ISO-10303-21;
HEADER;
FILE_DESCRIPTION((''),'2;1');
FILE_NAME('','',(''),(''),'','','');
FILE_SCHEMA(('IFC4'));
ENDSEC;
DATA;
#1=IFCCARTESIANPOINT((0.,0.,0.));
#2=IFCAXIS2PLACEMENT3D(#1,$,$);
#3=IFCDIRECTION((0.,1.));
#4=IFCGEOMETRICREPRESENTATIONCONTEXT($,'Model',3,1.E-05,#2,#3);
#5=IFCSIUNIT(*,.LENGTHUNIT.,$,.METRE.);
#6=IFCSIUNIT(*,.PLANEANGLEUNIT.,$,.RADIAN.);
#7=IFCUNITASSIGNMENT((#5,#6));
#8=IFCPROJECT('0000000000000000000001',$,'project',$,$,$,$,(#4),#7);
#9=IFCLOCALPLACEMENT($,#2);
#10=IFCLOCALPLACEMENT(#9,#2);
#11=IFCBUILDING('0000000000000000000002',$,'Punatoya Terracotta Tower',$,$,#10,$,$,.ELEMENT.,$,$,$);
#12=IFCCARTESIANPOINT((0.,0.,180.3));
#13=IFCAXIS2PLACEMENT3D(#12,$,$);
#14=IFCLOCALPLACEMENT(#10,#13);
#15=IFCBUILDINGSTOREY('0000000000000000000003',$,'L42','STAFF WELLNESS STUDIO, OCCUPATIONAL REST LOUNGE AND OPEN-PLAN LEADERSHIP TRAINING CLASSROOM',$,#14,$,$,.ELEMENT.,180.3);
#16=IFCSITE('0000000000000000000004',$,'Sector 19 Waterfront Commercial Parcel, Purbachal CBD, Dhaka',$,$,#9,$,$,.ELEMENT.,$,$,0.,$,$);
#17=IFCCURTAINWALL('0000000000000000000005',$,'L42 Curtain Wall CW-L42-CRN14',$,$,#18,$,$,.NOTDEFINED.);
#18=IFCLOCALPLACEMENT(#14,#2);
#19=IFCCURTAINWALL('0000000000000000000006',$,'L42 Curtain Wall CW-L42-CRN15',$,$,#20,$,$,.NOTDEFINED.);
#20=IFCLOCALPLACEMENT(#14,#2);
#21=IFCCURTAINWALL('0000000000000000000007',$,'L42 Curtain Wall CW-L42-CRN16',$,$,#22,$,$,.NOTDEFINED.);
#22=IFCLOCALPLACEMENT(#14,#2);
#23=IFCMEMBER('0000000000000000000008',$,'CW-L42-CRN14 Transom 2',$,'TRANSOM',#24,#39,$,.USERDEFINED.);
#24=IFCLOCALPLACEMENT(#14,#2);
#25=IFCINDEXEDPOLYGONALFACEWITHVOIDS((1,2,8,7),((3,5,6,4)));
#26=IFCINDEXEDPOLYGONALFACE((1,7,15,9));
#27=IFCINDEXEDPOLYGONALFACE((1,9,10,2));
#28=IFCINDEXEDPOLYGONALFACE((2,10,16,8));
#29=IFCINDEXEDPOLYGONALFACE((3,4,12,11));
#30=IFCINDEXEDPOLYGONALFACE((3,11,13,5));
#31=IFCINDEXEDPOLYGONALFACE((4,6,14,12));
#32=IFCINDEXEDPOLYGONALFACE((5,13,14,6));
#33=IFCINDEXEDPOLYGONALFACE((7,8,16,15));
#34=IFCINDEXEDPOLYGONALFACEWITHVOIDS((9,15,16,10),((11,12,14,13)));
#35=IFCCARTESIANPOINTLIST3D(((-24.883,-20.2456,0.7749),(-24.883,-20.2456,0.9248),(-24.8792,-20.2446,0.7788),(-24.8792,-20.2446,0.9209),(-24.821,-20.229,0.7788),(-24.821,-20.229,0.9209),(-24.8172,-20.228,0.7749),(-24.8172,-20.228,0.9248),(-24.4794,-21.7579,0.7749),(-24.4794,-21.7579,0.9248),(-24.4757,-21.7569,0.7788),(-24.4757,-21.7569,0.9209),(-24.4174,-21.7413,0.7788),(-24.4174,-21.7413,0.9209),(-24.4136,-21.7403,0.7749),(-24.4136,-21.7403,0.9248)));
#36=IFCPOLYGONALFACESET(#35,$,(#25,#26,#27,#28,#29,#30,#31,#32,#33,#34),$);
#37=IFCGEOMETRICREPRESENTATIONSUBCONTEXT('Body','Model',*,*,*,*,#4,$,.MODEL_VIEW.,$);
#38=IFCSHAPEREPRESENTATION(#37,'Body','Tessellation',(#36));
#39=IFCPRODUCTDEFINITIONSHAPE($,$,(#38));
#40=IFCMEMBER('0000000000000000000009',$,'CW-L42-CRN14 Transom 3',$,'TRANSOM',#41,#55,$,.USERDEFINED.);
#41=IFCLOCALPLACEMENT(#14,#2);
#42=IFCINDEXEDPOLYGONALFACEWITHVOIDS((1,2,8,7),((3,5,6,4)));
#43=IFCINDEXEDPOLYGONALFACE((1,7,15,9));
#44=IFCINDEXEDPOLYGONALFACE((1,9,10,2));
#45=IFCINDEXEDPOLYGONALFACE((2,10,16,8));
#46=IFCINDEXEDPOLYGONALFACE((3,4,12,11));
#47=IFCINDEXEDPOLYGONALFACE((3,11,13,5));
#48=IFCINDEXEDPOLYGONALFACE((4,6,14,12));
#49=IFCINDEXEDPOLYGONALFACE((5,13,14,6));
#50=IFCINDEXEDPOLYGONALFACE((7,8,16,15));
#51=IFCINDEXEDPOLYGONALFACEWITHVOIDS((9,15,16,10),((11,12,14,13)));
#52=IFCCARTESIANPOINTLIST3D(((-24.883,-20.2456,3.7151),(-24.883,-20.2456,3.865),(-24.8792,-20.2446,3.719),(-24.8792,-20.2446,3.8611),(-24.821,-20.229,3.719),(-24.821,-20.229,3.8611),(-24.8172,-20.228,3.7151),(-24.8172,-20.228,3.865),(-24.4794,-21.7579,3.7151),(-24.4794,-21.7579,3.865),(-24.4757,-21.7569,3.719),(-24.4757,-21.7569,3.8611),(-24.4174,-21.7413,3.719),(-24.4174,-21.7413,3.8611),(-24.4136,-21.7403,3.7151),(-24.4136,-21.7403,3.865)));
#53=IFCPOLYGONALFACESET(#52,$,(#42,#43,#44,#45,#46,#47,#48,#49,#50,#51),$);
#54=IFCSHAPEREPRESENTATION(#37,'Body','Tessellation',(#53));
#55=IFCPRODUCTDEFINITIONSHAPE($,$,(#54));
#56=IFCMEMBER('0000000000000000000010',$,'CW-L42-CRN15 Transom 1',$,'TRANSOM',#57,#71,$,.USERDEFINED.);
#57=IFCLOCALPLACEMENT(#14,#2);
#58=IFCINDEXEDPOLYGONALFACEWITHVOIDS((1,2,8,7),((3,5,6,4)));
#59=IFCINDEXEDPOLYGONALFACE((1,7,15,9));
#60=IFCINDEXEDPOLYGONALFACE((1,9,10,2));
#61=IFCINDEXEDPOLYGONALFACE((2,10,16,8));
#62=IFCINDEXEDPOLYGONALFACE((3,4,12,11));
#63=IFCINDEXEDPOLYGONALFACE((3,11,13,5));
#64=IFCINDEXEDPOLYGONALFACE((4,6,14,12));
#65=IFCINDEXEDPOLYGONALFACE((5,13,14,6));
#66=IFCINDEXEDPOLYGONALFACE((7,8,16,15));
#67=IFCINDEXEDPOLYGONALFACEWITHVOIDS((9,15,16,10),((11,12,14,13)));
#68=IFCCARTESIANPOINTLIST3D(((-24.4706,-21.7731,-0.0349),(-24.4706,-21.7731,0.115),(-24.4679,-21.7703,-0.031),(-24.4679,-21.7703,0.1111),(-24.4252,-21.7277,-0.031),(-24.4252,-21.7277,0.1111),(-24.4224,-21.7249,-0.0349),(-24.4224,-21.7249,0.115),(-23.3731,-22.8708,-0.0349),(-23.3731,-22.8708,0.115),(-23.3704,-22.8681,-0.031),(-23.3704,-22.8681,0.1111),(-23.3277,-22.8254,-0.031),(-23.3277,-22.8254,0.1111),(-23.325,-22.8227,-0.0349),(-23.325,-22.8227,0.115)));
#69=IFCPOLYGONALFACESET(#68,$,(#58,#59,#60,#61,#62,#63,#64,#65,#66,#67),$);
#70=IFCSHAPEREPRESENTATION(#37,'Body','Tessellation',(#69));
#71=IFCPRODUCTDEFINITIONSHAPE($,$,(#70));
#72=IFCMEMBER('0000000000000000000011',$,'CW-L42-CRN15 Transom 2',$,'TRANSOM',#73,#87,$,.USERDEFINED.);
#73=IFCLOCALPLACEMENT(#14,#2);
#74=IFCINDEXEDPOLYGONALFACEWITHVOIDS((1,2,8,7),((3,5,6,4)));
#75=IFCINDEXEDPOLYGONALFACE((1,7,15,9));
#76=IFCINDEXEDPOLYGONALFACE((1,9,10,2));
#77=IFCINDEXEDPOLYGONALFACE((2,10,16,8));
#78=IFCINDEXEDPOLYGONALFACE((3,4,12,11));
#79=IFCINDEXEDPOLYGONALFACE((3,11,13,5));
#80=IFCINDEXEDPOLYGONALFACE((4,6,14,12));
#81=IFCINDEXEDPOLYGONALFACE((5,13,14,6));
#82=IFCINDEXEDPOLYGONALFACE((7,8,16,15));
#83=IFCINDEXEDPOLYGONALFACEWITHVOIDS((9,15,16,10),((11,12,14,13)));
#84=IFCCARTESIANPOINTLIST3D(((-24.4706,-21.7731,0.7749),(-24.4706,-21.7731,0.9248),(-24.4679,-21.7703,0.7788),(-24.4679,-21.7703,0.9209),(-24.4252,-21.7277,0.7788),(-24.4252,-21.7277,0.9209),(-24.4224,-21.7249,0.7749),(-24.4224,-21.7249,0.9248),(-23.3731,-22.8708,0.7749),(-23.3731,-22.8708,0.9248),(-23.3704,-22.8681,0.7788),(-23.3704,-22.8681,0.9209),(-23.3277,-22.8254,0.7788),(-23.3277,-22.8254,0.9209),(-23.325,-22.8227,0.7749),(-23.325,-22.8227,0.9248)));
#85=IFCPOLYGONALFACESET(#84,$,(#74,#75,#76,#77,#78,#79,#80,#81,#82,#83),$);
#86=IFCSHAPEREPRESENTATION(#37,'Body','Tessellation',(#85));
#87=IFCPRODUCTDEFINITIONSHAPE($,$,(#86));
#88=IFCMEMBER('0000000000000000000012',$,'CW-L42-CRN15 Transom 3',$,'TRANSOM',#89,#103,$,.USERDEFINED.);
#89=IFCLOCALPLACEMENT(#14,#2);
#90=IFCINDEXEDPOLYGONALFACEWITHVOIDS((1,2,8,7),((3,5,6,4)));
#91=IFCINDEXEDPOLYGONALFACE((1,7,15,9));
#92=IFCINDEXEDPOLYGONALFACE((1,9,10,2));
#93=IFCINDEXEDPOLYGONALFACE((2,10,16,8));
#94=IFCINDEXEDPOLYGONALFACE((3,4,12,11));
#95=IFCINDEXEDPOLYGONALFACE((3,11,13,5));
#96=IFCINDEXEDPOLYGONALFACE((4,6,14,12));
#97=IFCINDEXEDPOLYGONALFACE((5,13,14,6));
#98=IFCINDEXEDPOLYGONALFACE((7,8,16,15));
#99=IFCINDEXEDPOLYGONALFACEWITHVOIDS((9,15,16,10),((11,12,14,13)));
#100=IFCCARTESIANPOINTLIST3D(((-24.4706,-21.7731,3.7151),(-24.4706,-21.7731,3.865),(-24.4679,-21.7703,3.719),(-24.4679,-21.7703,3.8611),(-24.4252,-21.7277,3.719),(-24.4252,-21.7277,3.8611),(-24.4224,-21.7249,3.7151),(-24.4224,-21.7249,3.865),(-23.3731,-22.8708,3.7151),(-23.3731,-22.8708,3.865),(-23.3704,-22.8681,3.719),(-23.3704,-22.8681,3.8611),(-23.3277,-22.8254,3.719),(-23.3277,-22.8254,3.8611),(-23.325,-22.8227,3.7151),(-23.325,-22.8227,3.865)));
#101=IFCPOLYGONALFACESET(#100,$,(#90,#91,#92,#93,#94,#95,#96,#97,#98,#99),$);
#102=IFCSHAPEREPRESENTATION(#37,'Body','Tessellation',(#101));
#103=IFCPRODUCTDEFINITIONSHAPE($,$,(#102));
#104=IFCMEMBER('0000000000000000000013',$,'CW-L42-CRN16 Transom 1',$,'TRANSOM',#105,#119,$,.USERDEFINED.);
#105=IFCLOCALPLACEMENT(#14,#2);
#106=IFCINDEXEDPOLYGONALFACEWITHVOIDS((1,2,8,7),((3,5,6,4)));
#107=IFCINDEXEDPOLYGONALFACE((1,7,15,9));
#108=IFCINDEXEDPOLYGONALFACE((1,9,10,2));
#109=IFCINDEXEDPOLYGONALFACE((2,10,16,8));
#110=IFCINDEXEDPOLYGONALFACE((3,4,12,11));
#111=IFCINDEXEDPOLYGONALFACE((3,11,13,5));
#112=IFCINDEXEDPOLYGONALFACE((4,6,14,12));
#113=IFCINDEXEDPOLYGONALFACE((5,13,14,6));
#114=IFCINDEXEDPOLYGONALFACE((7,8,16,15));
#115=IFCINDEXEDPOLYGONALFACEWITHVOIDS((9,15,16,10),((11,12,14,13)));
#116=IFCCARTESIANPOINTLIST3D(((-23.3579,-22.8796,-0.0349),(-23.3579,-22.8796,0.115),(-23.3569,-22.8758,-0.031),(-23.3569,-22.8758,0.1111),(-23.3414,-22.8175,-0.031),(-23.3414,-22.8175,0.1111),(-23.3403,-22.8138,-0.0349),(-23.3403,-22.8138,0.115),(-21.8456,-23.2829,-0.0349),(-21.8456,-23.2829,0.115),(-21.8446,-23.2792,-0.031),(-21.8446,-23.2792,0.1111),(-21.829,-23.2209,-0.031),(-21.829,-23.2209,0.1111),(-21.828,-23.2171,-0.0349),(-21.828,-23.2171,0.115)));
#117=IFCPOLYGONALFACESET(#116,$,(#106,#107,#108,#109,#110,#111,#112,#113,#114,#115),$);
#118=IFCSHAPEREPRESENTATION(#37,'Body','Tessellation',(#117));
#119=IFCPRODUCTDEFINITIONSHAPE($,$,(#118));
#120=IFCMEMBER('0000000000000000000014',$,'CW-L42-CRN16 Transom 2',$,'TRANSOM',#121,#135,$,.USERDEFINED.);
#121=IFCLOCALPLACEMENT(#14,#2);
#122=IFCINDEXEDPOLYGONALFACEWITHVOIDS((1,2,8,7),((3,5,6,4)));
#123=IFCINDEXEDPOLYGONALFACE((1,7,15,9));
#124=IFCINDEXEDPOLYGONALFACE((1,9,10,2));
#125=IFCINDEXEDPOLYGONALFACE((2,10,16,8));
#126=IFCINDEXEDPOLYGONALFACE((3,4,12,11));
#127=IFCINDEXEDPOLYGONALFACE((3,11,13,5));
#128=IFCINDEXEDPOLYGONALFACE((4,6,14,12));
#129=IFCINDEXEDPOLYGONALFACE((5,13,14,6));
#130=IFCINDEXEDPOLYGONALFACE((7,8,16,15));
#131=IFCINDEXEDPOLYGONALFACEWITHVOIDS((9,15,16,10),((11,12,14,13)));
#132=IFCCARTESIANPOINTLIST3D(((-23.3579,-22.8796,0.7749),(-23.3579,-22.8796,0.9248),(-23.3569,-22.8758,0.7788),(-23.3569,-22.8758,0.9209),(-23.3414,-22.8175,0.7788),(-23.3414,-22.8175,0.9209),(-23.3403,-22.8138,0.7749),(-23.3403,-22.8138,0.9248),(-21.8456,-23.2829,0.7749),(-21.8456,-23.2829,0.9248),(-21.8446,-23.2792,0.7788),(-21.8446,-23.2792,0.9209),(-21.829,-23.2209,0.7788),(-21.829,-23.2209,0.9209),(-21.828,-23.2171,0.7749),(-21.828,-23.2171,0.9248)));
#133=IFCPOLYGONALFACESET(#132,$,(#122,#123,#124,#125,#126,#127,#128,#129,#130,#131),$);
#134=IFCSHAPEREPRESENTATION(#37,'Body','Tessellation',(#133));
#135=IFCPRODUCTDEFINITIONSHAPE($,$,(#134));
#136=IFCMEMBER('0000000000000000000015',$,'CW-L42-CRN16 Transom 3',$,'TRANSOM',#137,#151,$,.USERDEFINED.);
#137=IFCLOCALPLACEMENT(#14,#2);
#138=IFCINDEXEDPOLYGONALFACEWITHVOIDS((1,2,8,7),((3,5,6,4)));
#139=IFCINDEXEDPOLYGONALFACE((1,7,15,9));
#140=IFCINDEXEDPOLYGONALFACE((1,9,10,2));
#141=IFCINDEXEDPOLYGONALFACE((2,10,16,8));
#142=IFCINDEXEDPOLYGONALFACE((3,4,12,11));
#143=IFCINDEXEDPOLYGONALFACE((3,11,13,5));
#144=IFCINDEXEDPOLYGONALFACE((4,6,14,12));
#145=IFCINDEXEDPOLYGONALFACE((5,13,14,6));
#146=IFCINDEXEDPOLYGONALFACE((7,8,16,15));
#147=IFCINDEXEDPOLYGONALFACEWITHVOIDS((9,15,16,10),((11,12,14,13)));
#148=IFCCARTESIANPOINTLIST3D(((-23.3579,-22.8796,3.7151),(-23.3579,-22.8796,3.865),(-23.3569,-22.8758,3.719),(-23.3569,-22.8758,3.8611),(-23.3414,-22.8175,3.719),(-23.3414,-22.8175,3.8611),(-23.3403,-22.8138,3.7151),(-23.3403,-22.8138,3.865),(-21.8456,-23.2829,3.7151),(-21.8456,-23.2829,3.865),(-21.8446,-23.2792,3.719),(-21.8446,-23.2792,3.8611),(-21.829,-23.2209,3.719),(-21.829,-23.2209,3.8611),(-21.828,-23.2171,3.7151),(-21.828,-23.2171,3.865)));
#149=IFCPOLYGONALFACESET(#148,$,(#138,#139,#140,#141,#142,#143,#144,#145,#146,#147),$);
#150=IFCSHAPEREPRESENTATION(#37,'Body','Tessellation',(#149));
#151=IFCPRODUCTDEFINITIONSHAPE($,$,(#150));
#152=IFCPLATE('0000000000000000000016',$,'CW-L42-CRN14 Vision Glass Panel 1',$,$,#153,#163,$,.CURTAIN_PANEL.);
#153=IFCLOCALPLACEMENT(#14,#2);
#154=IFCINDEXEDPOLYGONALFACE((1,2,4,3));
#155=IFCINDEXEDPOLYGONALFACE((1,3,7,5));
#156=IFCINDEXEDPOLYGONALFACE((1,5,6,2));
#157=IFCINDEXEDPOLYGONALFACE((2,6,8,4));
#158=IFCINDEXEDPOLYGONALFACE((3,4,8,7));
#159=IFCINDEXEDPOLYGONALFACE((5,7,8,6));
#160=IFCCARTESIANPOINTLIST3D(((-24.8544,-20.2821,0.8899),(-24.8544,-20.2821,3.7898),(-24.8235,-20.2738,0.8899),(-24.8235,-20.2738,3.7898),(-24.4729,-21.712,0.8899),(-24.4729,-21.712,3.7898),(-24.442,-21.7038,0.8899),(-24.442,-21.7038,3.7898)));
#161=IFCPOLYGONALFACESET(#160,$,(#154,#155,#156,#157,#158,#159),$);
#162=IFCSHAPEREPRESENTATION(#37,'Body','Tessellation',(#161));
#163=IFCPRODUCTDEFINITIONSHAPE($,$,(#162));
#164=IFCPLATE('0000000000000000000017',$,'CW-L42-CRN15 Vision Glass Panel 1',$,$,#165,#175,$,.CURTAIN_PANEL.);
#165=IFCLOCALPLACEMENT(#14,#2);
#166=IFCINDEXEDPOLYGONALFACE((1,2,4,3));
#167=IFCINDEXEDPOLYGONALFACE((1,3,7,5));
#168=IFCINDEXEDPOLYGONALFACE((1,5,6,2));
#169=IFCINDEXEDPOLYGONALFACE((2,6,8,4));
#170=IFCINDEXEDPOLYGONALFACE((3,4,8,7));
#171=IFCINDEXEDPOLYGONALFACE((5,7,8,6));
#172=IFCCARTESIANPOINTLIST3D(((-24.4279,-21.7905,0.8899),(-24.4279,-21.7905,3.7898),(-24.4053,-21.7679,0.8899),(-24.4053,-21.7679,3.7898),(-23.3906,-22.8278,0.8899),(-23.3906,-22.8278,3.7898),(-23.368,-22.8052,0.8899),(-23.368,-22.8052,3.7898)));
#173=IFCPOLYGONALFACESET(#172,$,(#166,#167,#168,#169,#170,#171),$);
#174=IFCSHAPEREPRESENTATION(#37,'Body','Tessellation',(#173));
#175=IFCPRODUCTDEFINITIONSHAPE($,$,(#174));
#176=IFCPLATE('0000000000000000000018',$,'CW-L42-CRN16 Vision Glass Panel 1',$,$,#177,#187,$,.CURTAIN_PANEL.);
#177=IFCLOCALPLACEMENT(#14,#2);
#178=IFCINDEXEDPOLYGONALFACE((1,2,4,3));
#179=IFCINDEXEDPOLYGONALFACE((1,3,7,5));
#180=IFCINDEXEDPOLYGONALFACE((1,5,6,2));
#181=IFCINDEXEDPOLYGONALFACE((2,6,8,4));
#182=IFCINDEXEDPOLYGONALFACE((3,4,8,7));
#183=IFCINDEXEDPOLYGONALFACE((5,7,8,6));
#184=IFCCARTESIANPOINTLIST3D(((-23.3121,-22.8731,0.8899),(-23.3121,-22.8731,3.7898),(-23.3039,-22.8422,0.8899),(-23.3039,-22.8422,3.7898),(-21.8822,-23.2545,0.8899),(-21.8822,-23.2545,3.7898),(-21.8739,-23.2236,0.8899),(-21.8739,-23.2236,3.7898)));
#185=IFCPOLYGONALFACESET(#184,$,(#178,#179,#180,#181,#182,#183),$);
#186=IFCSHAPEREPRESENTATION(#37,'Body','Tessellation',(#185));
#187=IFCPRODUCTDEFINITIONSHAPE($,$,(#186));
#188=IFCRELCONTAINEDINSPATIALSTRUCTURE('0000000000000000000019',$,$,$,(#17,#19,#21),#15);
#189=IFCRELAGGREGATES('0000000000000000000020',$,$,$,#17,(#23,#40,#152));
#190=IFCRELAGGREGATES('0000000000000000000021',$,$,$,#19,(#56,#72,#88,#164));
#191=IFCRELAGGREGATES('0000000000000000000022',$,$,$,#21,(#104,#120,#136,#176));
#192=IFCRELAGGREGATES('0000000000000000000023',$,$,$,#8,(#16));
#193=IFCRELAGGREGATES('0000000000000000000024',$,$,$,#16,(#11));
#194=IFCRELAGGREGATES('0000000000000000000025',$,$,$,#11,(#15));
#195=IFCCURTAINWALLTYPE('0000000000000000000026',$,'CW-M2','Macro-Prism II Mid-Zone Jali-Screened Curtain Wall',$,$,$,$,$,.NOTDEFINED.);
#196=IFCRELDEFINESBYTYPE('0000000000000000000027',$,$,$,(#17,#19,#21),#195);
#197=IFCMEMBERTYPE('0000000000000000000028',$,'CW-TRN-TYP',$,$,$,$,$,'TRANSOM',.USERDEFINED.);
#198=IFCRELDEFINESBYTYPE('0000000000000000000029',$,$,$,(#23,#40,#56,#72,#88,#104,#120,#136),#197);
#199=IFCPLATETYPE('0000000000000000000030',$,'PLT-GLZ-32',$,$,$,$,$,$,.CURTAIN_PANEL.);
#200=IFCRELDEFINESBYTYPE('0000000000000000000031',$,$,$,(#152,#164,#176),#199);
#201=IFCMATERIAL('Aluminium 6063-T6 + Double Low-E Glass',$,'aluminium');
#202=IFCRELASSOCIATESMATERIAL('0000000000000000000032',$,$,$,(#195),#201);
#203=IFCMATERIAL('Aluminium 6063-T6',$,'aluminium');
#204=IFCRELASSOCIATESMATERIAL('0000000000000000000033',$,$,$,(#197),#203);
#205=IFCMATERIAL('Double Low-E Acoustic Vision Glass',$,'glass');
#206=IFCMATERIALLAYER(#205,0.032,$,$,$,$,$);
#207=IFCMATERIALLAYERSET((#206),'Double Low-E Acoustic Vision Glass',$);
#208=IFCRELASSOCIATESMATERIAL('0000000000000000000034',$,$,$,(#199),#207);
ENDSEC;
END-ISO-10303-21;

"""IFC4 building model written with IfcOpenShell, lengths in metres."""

from ifc_helpers import new_model, si_unit, direction, frame, origin, origin_2d, place, context, subcontext, project, spatial, rectangle, hollow_rectangle, extrude, material, layer, layer_set, material_profile, profile_set, type_object, element, aggregate, save


model = new_model("IFC4")

# Units and contexts
model_context = context("Model", 3, precision=1e-05, world=origin(), true_north=direction((0.0, 1.0)))
body_context = subcontext(model_context, "Body", "Model", "MODEL_VIEW")
ifc_project = project(units=[si_unit("LENGTHUNIT", "METRE"), si_unit("PLANEANGLEUNIT", "RADIAN")], contexts=[model_context])

# Site, building, storey
site_placement = place(None, origin())
site = spatial("IfcSite", under=ifc_project, at=site_placement, Name="Sector 19 Waterfront Commercial Parcel, Purbachal CBD, Dhaka", CompositionType="ELEMENT", RefElevation=0.0)
building_placement = place(site_placement, origin())
building = spatial("IfcBuilding", under=site, at=building_placement, Name="Punatoya Terracotta Tower", CompositionType="ELEMENT")
storey_placement = place(building_placement, frame((0.0, 0.0, 180.3)))
storey = spatial("IfcBuildingStorey", under=building, at=storey_placement, Name="L42", Description="STAFF WELLNESS STUDIO, OCCUPATIONAL REST LOUNGE AND OPEN-PLAN LEADERSHIP TRAINING CLASSROOM", CompositionType="ELEMENT", Elevation=180.3)

# Shared definitions
ifc_material_1 = material(Name="Aluminium 6063-T6 + Double Low-E Glass", Category="aluminium")
curtain_wall_type = type_object("IfcCurtainWallType", Name="CW-M2", Description="Macro-Prism II Mid-Zone Jali-Screened Curtain Wall", PredefinedType="NOTDEFINED", material=ifc_material_1)
ifc_material_2 = material(Name="Aluminium 6063-T6", Category="aluminium")

# Curtain walls
curtain_wall_1_placement = place(storey_placement, origin())
curtain_wall_1 = element("IfcCurtainWall", 1, at=curtain_wall_1_placement, inside=storey, type_object=curtain_wall_type, Name="L42 Curtain Wall CW-L42-CRN14", PredefinedType="NOTDEFINED")
curtain_wall_2_placement = place(storey_placement, origin())
curtain_wall_2 = element("IfcCurtainWall", 2, at=curtain_wall_2_placement, inside=storey, type_object=curtain_wall_type, Name="L42 Curtain Wall CW-L42-CRN15", PredefinedType="NOTDEFINED")
curtain_wall_3_placement = place(storey_placement, origin())
curtain_wall_3 = element("IfcCurtainWall", 3, at=curtain_wall_3_placement, inside=storey, type_object=curtain_wall_type, Name="L42 Curtain Wall CW-L42-CRN16", PredefinedType="NOTDEFINED")

# Members
ifc_material_profile_1 = material_profile(ifc_material_2, hollow_rectangle(XDim=0.0681, YDim=0.1499, WallThickness=0.0039, at=origin_2d()))
ifc_profile_set_1 = profile_set([ifc_material_profile_1], Name="Aluminium 6063-T6")
member_type_1 = type_object("IfcMemberType", Name="CW-TRN-TYP", ElementType="TRANSOM", PredefinedType="USERDEFINED", material=ifc_profile_set_1)
member_1_placement = place(storey_placement, frame((-24.8501, -20.2368, 0.8499), z_axis=(0.257847, -0.966186, 0.0), x_axis=(0.966186, 0.257847, 0.0)))
member_1 = element("IfcMember", 4, at=member_1_placement, type_object=member_type_1, Name="CW-L42-CRN14 Transom 2", ObjectType="TRANSOM", PredefinedType="USERDEFINED", context=body_context, shape_type="SweptSolid", body=[
    extrude(hollow_rectangle(XDim=0.0681, YDim=0.1499, WallThickness=0.0039, at=origin_2d()), origin(), (0.0, 0.0, 1.0), 1.5652),
])
member_2_placement = place(storey_placement, frame((-24.8501, -20.2368, 3.79), z_axis=(0.257847, -0.966186, 0.0), x_axis=(0.966186, 0.257847, 0.0)))
member_2 = element("IfcMember", 5, at=member_2_placement, type_object=member_type_1, Name="CW-L42-CRN14 Transom 3", ObjectType="TRANSOM", PredefinedType="USERDEFINED", context=body_context, shape_type="SweptSolid", body=[
    extrude(hollow_rectangle(XDim=0.0681, YDim=0.1499, WallThickness=0.0039, at=origin_2d()), origin(), (0.0, 0.0, 1.0), 1.5652),
])
member_3_placement = place(storey_placement, frame((-24.4465, -21.749, 0.04), z_axis=(0.707028, -0.707185, 0.0), x_axis=(0.707185, 0.707028, 0.0)))
member_3 = element("IfcMember", 6, at=member_3_placement, type_object=member_type_1, Name="CW-L42-CRN15 Transom 1", ObjectType="TRANSOM", PredefinedType="USERDEFINED", context=body_context, shape_type="SweptSolid", body=[
    extrude(hollow_rectangle(XDim=0.0681, YDim=0.1499, WallThickness=0.0039, at=origin_2d()), origin(), (0.0, 0.0, 1.0), 1.5522),
])
member_4_placement = place(storey_placement, frame((-24.4465, -21.749, 0.8499), z_axis=(0.707028, -0.707185, 0.0), x_axis=(0.707185, 0.707028, 0.0)))
member_4 = element("IfcMember", 7, at=member_4_placement, type_object=member_type_1, Name="CW-L42-CRN15 Transom 2", ObjectType="TRANSOM", PredefinedType="USERDEFINED", context=body_context, shape_type="SweptSolid", body=[
    extrude(hollow_rectangle(XDim=0.0681, YDim=0.1499, WallThickness=0.0039, at=origin_2d()), origin(), (0.0, 0.0, 1.0), 1.5522),
])
member_5_placement = place(storey_placement, frame((-24.4465, -21.749, 3.79), z_axis=(0.707028, -0.707185, 0.0), x_axis=(0.707185, 0.707028, 0.0)))
member_5 = element("IfcMember", 8, at=member_5_placement, type_object=member_type_1, Name="CW-L42-CRN15 Transom 3", ObjectType="TRANSOM", PredefinedType="USERDEFINED", context=body_context, shape_type="SweptSolid", body=[
    extrude(hollow_rectangle(XDim=0.0681, YDim=0.1499, WallThickness=0.0039, at=origin_2d()), origin(), (0.0, 0.0, 1.0), 1.5522),
])
member_6_placement = place(storey_placement, frame((-23.3491, -22.8467, 0.04), z_axis=(0.966225, -0.257701, 0.0), x_axis=(0.257701, 0.966225, 0.0)))
member_6 = element("IfcMember", 9, at=member_6_placement, type_object=member_type_1, Name="CW-L42-CRN16 Transom 1", ObjectType="TRANSOM", PredefinedType="USERDEFINED", context=body_context, shape_type="SweptSolid", body=[
    extrude(hollow_rectangle(XDim=0.0681, YDim=0.1499, WallThickness=0.0039, at=origin_2d()), origin(), (0.0, 0.0, 1.0), 1.5652),
])
member_7_placement = place(storey_placement, frame((-23.3491, -22.8467, 0.8499), z_axis=(0.966225, -0.257701, 0.0), x_axis=(0.257701, 0.966225, 0.0)))
member_7 = element("IfcMember", 10, at=member_7_placement, type_object=member_type_1, Name="CW-L42-CRN16 Transom 2", ObjectType="TRANSOM", PredefinedType="USERDEFINED", context=body_context, shape_type="SweptSolid", body=[
    extrude(hollow_rectangle(XDim=0.0681, YDim=0.1499, WallThickness=0.0039, at=origin_2d()), origin(), (0.0, 0.0, 1.0), 1.5652),
])
member_8_placement = place(storey_placement, frame((-23.3491, -22.8467, 3.79), z_axis=(0.966225, -0.257701, 0.0), x_axis=(0.257701, 0.966225, 0.0)))
member_8 = element("IfcMember", 11, at=member_8_placement, type_object=member_type_1, Name="CW-L42-CRN16 Transom 3", ObjectType="TRANSOM", PredefinedType="USERDEFINED", context=body_context, shape_type="SweptSolid", body=[
    extrude(hollow_rectangle(XDim=0.0681, YDim=0.1499, WallThickness=0.0039, at=origin_2d()), origin(), (0.0, 0.0, 1.0), 1.5652),
])

# Plates
ifc_material_3 = material(Name="Double Low-E Acoustic Vision Glass", Category="glass")
ifc_layer_1 = layer(ifc_material_3, 0.032)
ifc_layer_set_1 = layer_set([ifc_layer_1], Name="Double Low-E Acoustic Vision Glass")
plate_type_1 = type_object("IfcPlateType", Name="PLT-GLZ-32", PredefinedType="CURTAIN_PANEL", material=ifc_layer_set_1)
plate_1_placement = place(storey_placement, frame((-24.6482, -20.9929, 0.8899), z_axis=(0.0, 0.0, 1.0), x_axis=(0.257742, -0.966214, 0.0)))
plate_1 = element("IfcPlate", 12, at=plate_1_placement, type_object=plate_type_1, Name="CW-L42-CRN14 Vision Glass Panel 1", PredefinedType="CURTAIN_PANEL", context=body_context, shape_type="SweptSolid", body=[
    extrude(rectangle(XDim=1.48, YDim=0.032, at=origin_2d()), origin(), (0.0, 0.0, 1.0), 2.8999),
])
plate_2_placement = place(storey_placement, frame((-23.8979, -22.2979, 0.8899), z_axis=(0.0, 0.0, 1.0), x_axis=(0.707107, -0.707107, 0.0)))
plate_2 = element("IfcPlate", 13, at=plate_2_placement, type_object=plate_type_1, Name="CW-L42-CRN15 Vision Glass Panel 1", PredefinedType="CURTAIN_PANEL", context=body_context, shape_type="SweptSolid", body=[
    extrude(rectangle(XDim=1.467, YDim=0.032, at=origin_2d()), origin(), (0.0, 0.0, 1.0), 2.8999),
])
plate_3_placement = place(storey_placement, frame((-22.593, -23.0483, 0.8899), z_axis=(0.0, 0.0, 1.0), x_axis=(0.966214, -0.257742, 0.0)))
plate_3 = element("IfcPlate", 14, at=plate_3_placement, type_object=plate_type_1, Name="CW-L42-CRN16 Vision Glass Panel 1", PredefinedType="CURTAIN_PANEL", context=body_context, shape_type="SweptSolid", body=[
    extrude(rectangle(XDim=1.48, YDim=0.032, at=origin_2d()), origin(), (0.0, 0.0, 1.0), 2.8999),
])
aggregate(curtain_wall_1, [member_1, member_2, plate_1])
aggregate(curtain_wall_2, [member_3, member_4, member_5, plate_2])
aggregate(curtain_wall_3, [member_6, member_7, member_8, plate_3])

save(model, "model.ifc")
